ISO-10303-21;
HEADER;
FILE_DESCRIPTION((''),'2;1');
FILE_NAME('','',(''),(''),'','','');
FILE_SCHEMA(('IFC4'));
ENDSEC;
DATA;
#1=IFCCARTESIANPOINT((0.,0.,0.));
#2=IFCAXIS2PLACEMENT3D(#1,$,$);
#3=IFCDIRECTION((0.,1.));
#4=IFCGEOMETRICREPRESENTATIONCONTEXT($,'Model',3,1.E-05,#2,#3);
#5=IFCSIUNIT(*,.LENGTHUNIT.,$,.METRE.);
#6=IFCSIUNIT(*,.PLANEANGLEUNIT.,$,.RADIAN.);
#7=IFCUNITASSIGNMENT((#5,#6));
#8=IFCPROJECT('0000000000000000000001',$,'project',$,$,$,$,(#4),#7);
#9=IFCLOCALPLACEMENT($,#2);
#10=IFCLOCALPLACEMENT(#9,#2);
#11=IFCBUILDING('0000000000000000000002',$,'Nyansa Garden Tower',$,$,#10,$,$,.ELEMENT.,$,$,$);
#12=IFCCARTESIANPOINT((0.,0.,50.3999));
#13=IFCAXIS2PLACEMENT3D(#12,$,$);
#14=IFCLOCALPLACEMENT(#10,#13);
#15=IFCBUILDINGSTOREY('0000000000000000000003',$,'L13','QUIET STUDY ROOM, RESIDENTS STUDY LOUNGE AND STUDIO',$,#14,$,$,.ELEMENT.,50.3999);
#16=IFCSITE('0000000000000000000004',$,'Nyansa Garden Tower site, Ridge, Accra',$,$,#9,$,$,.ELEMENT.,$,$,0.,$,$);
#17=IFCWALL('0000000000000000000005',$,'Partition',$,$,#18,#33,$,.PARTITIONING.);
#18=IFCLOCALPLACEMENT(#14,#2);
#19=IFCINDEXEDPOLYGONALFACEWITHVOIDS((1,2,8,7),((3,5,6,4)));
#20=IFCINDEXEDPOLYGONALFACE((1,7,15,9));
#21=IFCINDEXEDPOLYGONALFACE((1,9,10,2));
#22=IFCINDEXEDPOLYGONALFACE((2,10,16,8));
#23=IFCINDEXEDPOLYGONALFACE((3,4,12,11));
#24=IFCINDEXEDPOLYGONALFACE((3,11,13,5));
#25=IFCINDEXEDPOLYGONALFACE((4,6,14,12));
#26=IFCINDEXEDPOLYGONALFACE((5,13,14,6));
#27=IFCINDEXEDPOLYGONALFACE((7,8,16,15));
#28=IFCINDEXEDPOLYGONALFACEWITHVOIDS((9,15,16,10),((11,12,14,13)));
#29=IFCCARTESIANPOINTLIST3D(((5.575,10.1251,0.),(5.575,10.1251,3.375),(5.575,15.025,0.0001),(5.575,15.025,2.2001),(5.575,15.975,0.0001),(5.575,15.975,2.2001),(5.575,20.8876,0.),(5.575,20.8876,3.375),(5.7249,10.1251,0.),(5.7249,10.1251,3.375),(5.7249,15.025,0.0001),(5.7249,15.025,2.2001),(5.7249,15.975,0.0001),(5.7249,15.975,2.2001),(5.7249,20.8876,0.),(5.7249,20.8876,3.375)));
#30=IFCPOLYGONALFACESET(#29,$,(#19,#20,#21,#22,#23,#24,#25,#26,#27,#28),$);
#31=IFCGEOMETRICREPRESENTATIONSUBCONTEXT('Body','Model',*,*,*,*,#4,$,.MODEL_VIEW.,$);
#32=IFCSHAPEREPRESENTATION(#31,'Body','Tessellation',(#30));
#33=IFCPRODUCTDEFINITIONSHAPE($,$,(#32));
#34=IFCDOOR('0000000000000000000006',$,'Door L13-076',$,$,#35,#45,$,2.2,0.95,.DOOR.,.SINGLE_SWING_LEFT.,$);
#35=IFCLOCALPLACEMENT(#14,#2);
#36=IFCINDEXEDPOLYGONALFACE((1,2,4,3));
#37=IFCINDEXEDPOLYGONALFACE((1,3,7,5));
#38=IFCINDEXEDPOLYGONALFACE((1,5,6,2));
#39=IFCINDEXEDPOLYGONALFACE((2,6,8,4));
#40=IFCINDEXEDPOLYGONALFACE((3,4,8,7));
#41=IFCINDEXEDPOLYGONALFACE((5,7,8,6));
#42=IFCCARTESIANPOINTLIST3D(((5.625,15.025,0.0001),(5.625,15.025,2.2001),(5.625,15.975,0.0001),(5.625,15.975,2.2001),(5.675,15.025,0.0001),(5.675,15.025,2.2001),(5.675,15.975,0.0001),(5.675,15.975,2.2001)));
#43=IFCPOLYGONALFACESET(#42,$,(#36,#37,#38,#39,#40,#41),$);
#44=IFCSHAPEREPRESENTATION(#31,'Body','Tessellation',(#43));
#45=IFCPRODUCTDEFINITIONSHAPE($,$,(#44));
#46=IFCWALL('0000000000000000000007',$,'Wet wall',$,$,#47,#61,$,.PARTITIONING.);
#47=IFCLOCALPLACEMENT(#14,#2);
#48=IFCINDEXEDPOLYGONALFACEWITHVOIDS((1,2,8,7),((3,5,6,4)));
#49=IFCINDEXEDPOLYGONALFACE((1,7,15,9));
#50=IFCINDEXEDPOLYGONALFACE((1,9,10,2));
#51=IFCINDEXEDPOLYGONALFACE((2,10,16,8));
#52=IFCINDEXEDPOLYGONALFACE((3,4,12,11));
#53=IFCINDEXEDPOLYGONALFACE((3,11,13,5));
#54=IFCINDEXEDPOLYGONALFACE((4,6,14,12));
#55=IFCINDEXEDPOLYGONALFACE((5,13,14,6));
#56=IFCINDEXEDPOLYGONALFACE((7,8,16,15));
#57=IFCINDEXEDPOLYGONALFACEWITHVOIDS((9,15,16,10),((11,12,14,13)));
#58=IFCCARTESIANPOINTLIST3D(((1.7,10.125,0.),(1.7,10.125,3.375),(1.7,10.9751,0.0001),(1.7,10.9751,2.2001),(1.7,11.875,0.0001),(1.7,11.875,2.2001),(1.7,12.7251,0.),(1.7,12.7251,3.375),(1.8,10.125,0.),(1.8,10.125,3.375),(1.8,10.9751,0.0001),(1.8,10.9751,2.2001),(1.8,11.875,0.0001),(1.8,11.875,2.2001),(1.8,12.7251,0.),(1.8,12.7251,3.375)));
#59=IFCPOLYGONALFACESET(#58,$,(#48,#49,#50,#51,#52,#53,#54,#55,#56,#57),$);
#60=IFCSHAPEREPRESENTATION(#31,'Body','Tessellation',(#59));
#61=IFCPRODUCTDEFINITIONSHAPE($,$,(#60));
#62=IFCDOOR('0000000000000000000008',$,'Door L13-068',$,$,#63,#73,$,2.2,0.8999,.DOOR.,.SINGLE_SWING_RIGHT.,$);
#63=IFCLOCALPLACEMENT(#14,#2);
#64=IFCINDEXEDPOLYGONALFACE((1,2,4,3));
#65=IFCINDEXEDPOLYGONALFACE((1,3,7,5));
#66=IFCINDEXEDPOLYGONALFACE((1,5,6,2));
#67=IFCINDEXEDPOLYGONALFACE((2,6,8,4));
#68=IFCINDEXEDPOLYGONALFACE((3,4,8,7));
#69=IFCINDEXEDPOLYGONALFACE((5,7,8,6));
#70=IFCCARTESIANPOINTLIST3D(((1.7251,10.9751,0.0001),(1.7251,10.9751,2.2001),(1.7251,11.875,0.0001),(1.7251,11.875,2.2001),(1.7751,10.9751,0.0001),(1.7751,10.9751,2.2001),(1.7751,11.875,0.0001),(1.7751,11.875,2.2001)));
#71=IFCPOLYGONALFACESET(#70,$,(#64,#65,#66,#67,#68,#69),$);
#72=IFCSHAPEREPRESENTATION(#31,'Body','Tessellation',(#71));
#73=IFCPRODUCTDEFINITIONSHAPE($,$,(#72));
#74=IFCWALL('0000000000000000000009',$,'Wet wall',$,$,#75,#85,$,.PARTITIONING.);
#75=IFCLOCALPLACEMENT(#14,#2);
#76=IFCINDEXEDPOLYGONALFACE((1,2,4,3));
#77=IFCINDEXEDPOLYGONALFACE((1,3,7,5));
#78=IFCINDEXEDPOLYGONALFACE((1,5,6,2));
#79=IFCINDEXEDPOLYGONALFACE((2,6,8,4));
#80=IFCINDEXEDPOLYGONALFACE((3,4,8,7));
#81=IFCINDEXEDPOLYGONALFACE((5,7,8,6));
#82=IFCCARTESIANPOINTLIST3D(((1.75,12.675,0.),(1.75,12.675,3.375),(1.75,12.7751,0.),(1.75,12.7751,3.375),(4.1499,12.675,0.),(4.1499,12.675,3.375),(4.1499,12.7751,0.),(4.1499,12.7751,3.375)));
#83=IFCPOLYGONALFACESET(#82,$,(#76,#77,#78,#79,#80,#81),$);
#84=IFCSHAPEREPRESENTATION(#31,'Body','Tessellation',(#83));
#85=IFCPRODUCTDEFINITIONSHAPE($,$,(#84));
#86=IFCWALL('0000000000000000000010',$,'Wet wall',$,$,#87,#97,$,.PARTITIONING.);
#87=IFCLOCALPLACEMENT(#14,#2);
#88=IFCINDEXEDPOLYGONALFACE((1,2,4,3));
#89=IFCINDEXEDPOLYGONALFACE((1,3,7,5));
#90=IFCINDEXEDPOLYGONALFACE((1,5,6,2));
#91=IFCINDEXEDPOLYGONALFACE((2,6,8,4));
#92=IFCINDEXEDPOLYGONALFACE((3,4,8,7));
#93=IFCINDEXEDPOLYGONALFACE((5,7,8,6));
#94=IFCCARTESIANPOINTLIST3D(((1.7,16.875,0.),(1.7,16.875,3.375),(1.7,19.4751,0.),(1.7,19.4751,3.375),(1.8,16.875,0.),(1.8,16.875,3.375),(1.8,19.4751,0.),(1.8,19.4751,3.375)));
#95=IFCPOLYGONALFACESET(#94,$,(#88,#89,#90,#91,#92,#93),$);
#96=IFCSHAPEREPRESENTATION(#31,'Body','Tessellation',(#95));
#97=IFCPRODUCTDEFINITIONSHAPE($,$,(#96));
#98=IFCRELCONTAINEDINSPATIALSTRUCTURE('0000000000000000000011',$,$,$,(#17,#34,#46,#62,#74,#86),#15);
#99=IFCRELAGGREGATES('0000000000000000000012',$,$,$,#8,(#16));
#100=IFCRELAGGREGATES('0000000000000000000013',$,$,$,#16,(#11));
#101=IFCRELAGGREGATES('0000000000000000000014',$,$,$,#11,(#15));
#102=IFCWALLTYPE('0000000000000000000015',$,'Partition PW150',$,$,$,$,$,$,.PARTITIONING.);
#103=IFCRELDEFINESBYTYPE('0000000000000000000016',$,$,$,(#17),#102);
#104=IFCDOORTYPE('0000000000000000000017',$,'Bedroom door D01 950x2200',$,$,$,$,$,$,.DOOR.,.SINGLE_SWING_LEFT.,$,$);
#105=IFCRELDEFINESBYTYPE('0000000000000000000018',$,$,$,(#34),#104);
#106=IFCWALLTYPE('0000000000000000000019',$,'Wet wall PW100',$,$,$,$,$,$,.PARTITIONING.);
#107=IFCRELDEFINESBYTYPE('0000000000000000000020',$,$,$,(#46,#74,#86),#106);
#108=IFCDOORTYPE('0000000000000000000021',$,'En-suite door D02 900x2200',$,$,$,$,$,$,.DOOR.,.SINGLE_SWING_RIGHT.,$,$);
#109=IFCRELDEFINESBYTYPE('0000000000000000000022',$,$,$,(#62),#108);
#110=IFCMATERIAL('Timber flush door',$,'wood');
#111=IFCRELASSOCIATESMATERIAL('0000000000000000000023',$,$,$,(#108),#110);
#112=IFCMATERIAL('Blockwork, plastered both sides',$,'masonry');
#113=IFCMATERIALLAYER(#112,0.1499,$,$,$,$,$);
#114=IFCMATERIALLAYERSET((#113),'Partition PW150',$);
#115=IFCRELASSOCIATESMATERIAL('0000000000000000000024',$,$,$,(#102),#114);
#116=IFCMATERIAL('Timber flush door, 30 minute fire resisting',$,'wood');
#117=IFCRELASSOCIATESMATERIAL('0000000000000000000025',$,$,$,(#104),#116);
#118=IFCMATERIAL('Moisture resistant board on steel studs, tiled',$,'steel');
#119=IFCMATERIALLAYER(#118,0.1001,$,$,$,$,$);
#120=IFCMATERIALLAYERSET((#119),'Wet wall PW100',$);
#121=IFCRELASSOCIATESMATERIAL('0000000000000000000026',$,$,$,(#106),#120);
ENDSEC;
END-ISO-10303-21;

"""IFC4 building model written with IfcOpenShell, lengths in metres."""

from ifc_helpers import new_model, si_unit, direction, frame, frame_2d, origin, place, context, subcontext, project, spatial, rectangle, extrude, material, layer, layer_set, type_object, element, fill, save


model = new_model("IFC4")

# Units and contexts
model_context = context("Model", 3, precision=1e-05, world=origin(), true_north=direction((0.0, 1.0)))
body_context = subcontext(model_context, "Body", "Model", "MODEL_VIEW")
ifc_project = project(units=[si_unit("LENGTHUNIT", "METRE"), si_unit("PLANEANGLEUNIT", "RADIAN")], contexts=[model_context])

# Site, building, storey
site_placement = place(None, origin())
site = spatial("IfcSite", under=ifc_project, at=site_placement, Name="Nyansa Garden Tower site, Ridge, Accra", CompositionType="ELEMENT", RefElevation=0.0)
building_placement = place(site_placement, origin())
building = spatial("IfcBuilding", under=site, at=building_placement, Name="Nyansa Garden Tower", CompositionType="ELEMENT")
storey_placement = place(building_placement, frame((0.0, 0.0, 50.3999)))
storey = spatial("IfcBuildingStorey", under=building, at=storey_placement, Name="L13", Description="QUIET STUDY ROOM, RESIDENTS STUDY LOUNGE AND STUDIO", CompositionType="ELEMENT", Elevation=50.3999)

# Shared definitions
ifc_material_1 = material(Name="Timber flush door", Category="wood")
door_type_1 = type_object("IfcDoorType", Name="En-suite door D02 900x2200", OperationType="SINGLE_SWING_RIGHT", PredefinedType="DOOR", material=ifc_material_1)
ifc_material_2 = material(Name="Blockwork, plastered both sides", Category="masonry")
ifc_layer_1 = layer(ifc_material_2, 0.1499)
ifc_layer_set_1 = layer_set([ifc_layer_1], Name="Partition PW150")
wall_type_1 = type_object("IfcWallType", Name="Partition PW150", PredefinedType="PARTITIONING", material=ifc_layer_set_1)

# Walls, openings, doors
wall_1_placement = place(storey_placement, frame((5.6499, 10.125, 0.0), z_axis=(0.0, 0.0, 1.0), x_axis=(0.0, 1.0, 0.0)))
wall_1 = element("IfcWall", 1, at=wall_1_placement, inside=storey, type_object=wall_type_1, Name="Partition", PredefinedType="PARTITIONING", context=body_context, shape_type="SweptSolid", body=[
    extrude(rectangle(XDim=10.7625, YDim=0.1499, at=frame_2d((5.3813, 0.0))), origin(), (0.0, 0.0, 1.0), 3.375),
])
opening_1_placement = place(wall_1_placement, frame((4.8999, 0.0, 0.0)))
opening_1 = element("IfcOpeningElement", 2, at=opening_1_placement, cuts=wall_1, PredefinedType="OPENING", context=body_context, shape_type="SweptSolid", body=[
    extrude(rectangle(XDim=0.95, YDim=2.2, at=frame_2d((0.4751, 1.1001))), frame((0.0, 0.085, 0.0), z_axis=(0.0, -1.0, 0.0), x_axis=(1.0, 0.0, 0.0)), (0.0, 0.0, 1.0), 0.1699),
])
ifc_material_3 = material(Name="Timber flush door, 30 minute fire resisting", Category="wood")
door_type_2 = type_object("IfcDoorType", Name="Bedroom door D01 950x2200", OperationType="SINGLE_SWING_LEFT", PredefinedType="DOOR", material=ifc_material_3)
door_1_placement = place(opening_1_placement, origin())
door_1 = element("IfcDoor", 3, at=door_1_placement, inside=storey, type_object=door_type_2, Name="Door L13-076", OperationType="SINGLE_SWING_LEFT", OverallHeight=2.2, OverallWidth=0.95, PredefinedType="DOOR", context=body_context, shape_type="SweptSolid", body=[
    extrude(rectangle(XDim=0.95, YDim=2.2, at=frame_2d((0.4751, 1.1001))), frame((0.0, 0.0249, 0.0), z_axis=(0.0, -1.0, 0.0), x_axis=(1.0, 0.0, 0.0)), (0.0, 0.0, 1.0), 0.05),
])
fill(opening_1, door_1)
ifc_material_4 = material(Name="Moisture resistant board on steel studs, tiled", Category="steel")
ifc_layer_2 = layer(ifc_material_4, 0.1001)
ifc_layer_set_2 = layer_set([ifc_layer_2], Name="Wet wall PW100")
wall_type_2 = type_object("IfcWallType", Name="Wet wall PW100", PredefinedType="PARTITIONING", material=ifc_layer_set_2)
wall_2_placement = place(storey_placement, frame((1.75, 10.125, 0.0), z_axis=(0.0, 0.0, 1.0), x_axis=(0.0, 1.0, 0.0)))
wall_2 = element("IfcWall", 4, at=wall_2_placement, inside=storey, type_object=wall_type_2, Name="Wet wall", PredefinedType="PARTITIONING", context=body_context, shape_type="SweptSolid", body=[
    extrude(rectangle(XDim=2.6001, YDim=0.1001, at=frame_2d((1.3, 0.0))), origin(), (0.0, 0.0, 1.0), 3.375),
])
opening_2_placement = place(wall_2_placement, frame((0.8501, 0.0, 0.0)))
opening_2 = element("IfcOpeningElement", 5, at=opening_2_placement, cuts=wall_2, PredefinedType="OPENING", context=body_context, shape_type="SweptSolid", body=[
    extrude(rectangle(XDim=0.8999, YDim=2.2, at=frame_2d((0.45, 1.1001))), frame((0.0, 0.0601, 0.0), z_axis=(0.0, -1.0, 0.0), x_axis=(1.0, 0.0, 0.0)), (0.0, 0.0, 1.0), 0.1201),
])
door_2_placement = place(opening_2_placement, origin())
door_2 = element("IfcDoor", 6, at=door_2_placement, inside=storey, type_object=door_type_1, Name="Door L13-068", OperationType="SINGLE_SWING_RIGHT", OverallHeight=2.2, OverallWidth=0.8999, PredefinedType="DOOR", context=body_context, shape_type="SweptSolid", body=[
    extrude(rectangle(XDim=0.8999, YDim=2.2, at=frame_2d((0.45, 1.1001))), frame((0.0, 0.0249, 0.0), z_axis=(0.0, -1.0, 0.0), x_axis=(1.0, 0.0, 0.0)), (0.0, 0.0, 1.0), 0.05),
])
fill(opening_2, door_2)

# Walls
wall_3_placement = place(storey_placement, frame((1.75, 12.7251, 0.0), z_axis=(0.0, 0.0, 1.0), x_axis=(1.0, 0.0, 0.0)))
element("IfcWall", 7, at=wall_3_placement, inside=storey, type_object=wall_type_2, Name="Wet wall", PredefinedType="PARTITIONING", context=body_context, shape_type="SweptSolid", body=[
    extrude(rectangle(XDim=2.3999, YDim=0.1001, at=frame_2d((1.2, 0.0))), origin(), (0.0, 0.0, 1.0), 3.375),
])
wall_4_placement = place(storey_placement, frame((1.75, 16.875, 0.0), z_axis=(0.0, 0.0, 1.0), x_axis=(0.0, 1.0, 0.0)))
element("IfcWall", 8, at=wall_4_placement, inside=storey, type_object=wall_type_2, Name="Wet wall", PredefinedType="PARTITIONING", context=body_context, shape_type="SweptSolid", body=[
    extrude(rectangle(XDim=2.6001, YDim=0.1001, at=frame_2d((1.3, 0.0))), origin(), (0.0, 0.0, 1.0), 3.375),
])

save(model, "model.ifc")
